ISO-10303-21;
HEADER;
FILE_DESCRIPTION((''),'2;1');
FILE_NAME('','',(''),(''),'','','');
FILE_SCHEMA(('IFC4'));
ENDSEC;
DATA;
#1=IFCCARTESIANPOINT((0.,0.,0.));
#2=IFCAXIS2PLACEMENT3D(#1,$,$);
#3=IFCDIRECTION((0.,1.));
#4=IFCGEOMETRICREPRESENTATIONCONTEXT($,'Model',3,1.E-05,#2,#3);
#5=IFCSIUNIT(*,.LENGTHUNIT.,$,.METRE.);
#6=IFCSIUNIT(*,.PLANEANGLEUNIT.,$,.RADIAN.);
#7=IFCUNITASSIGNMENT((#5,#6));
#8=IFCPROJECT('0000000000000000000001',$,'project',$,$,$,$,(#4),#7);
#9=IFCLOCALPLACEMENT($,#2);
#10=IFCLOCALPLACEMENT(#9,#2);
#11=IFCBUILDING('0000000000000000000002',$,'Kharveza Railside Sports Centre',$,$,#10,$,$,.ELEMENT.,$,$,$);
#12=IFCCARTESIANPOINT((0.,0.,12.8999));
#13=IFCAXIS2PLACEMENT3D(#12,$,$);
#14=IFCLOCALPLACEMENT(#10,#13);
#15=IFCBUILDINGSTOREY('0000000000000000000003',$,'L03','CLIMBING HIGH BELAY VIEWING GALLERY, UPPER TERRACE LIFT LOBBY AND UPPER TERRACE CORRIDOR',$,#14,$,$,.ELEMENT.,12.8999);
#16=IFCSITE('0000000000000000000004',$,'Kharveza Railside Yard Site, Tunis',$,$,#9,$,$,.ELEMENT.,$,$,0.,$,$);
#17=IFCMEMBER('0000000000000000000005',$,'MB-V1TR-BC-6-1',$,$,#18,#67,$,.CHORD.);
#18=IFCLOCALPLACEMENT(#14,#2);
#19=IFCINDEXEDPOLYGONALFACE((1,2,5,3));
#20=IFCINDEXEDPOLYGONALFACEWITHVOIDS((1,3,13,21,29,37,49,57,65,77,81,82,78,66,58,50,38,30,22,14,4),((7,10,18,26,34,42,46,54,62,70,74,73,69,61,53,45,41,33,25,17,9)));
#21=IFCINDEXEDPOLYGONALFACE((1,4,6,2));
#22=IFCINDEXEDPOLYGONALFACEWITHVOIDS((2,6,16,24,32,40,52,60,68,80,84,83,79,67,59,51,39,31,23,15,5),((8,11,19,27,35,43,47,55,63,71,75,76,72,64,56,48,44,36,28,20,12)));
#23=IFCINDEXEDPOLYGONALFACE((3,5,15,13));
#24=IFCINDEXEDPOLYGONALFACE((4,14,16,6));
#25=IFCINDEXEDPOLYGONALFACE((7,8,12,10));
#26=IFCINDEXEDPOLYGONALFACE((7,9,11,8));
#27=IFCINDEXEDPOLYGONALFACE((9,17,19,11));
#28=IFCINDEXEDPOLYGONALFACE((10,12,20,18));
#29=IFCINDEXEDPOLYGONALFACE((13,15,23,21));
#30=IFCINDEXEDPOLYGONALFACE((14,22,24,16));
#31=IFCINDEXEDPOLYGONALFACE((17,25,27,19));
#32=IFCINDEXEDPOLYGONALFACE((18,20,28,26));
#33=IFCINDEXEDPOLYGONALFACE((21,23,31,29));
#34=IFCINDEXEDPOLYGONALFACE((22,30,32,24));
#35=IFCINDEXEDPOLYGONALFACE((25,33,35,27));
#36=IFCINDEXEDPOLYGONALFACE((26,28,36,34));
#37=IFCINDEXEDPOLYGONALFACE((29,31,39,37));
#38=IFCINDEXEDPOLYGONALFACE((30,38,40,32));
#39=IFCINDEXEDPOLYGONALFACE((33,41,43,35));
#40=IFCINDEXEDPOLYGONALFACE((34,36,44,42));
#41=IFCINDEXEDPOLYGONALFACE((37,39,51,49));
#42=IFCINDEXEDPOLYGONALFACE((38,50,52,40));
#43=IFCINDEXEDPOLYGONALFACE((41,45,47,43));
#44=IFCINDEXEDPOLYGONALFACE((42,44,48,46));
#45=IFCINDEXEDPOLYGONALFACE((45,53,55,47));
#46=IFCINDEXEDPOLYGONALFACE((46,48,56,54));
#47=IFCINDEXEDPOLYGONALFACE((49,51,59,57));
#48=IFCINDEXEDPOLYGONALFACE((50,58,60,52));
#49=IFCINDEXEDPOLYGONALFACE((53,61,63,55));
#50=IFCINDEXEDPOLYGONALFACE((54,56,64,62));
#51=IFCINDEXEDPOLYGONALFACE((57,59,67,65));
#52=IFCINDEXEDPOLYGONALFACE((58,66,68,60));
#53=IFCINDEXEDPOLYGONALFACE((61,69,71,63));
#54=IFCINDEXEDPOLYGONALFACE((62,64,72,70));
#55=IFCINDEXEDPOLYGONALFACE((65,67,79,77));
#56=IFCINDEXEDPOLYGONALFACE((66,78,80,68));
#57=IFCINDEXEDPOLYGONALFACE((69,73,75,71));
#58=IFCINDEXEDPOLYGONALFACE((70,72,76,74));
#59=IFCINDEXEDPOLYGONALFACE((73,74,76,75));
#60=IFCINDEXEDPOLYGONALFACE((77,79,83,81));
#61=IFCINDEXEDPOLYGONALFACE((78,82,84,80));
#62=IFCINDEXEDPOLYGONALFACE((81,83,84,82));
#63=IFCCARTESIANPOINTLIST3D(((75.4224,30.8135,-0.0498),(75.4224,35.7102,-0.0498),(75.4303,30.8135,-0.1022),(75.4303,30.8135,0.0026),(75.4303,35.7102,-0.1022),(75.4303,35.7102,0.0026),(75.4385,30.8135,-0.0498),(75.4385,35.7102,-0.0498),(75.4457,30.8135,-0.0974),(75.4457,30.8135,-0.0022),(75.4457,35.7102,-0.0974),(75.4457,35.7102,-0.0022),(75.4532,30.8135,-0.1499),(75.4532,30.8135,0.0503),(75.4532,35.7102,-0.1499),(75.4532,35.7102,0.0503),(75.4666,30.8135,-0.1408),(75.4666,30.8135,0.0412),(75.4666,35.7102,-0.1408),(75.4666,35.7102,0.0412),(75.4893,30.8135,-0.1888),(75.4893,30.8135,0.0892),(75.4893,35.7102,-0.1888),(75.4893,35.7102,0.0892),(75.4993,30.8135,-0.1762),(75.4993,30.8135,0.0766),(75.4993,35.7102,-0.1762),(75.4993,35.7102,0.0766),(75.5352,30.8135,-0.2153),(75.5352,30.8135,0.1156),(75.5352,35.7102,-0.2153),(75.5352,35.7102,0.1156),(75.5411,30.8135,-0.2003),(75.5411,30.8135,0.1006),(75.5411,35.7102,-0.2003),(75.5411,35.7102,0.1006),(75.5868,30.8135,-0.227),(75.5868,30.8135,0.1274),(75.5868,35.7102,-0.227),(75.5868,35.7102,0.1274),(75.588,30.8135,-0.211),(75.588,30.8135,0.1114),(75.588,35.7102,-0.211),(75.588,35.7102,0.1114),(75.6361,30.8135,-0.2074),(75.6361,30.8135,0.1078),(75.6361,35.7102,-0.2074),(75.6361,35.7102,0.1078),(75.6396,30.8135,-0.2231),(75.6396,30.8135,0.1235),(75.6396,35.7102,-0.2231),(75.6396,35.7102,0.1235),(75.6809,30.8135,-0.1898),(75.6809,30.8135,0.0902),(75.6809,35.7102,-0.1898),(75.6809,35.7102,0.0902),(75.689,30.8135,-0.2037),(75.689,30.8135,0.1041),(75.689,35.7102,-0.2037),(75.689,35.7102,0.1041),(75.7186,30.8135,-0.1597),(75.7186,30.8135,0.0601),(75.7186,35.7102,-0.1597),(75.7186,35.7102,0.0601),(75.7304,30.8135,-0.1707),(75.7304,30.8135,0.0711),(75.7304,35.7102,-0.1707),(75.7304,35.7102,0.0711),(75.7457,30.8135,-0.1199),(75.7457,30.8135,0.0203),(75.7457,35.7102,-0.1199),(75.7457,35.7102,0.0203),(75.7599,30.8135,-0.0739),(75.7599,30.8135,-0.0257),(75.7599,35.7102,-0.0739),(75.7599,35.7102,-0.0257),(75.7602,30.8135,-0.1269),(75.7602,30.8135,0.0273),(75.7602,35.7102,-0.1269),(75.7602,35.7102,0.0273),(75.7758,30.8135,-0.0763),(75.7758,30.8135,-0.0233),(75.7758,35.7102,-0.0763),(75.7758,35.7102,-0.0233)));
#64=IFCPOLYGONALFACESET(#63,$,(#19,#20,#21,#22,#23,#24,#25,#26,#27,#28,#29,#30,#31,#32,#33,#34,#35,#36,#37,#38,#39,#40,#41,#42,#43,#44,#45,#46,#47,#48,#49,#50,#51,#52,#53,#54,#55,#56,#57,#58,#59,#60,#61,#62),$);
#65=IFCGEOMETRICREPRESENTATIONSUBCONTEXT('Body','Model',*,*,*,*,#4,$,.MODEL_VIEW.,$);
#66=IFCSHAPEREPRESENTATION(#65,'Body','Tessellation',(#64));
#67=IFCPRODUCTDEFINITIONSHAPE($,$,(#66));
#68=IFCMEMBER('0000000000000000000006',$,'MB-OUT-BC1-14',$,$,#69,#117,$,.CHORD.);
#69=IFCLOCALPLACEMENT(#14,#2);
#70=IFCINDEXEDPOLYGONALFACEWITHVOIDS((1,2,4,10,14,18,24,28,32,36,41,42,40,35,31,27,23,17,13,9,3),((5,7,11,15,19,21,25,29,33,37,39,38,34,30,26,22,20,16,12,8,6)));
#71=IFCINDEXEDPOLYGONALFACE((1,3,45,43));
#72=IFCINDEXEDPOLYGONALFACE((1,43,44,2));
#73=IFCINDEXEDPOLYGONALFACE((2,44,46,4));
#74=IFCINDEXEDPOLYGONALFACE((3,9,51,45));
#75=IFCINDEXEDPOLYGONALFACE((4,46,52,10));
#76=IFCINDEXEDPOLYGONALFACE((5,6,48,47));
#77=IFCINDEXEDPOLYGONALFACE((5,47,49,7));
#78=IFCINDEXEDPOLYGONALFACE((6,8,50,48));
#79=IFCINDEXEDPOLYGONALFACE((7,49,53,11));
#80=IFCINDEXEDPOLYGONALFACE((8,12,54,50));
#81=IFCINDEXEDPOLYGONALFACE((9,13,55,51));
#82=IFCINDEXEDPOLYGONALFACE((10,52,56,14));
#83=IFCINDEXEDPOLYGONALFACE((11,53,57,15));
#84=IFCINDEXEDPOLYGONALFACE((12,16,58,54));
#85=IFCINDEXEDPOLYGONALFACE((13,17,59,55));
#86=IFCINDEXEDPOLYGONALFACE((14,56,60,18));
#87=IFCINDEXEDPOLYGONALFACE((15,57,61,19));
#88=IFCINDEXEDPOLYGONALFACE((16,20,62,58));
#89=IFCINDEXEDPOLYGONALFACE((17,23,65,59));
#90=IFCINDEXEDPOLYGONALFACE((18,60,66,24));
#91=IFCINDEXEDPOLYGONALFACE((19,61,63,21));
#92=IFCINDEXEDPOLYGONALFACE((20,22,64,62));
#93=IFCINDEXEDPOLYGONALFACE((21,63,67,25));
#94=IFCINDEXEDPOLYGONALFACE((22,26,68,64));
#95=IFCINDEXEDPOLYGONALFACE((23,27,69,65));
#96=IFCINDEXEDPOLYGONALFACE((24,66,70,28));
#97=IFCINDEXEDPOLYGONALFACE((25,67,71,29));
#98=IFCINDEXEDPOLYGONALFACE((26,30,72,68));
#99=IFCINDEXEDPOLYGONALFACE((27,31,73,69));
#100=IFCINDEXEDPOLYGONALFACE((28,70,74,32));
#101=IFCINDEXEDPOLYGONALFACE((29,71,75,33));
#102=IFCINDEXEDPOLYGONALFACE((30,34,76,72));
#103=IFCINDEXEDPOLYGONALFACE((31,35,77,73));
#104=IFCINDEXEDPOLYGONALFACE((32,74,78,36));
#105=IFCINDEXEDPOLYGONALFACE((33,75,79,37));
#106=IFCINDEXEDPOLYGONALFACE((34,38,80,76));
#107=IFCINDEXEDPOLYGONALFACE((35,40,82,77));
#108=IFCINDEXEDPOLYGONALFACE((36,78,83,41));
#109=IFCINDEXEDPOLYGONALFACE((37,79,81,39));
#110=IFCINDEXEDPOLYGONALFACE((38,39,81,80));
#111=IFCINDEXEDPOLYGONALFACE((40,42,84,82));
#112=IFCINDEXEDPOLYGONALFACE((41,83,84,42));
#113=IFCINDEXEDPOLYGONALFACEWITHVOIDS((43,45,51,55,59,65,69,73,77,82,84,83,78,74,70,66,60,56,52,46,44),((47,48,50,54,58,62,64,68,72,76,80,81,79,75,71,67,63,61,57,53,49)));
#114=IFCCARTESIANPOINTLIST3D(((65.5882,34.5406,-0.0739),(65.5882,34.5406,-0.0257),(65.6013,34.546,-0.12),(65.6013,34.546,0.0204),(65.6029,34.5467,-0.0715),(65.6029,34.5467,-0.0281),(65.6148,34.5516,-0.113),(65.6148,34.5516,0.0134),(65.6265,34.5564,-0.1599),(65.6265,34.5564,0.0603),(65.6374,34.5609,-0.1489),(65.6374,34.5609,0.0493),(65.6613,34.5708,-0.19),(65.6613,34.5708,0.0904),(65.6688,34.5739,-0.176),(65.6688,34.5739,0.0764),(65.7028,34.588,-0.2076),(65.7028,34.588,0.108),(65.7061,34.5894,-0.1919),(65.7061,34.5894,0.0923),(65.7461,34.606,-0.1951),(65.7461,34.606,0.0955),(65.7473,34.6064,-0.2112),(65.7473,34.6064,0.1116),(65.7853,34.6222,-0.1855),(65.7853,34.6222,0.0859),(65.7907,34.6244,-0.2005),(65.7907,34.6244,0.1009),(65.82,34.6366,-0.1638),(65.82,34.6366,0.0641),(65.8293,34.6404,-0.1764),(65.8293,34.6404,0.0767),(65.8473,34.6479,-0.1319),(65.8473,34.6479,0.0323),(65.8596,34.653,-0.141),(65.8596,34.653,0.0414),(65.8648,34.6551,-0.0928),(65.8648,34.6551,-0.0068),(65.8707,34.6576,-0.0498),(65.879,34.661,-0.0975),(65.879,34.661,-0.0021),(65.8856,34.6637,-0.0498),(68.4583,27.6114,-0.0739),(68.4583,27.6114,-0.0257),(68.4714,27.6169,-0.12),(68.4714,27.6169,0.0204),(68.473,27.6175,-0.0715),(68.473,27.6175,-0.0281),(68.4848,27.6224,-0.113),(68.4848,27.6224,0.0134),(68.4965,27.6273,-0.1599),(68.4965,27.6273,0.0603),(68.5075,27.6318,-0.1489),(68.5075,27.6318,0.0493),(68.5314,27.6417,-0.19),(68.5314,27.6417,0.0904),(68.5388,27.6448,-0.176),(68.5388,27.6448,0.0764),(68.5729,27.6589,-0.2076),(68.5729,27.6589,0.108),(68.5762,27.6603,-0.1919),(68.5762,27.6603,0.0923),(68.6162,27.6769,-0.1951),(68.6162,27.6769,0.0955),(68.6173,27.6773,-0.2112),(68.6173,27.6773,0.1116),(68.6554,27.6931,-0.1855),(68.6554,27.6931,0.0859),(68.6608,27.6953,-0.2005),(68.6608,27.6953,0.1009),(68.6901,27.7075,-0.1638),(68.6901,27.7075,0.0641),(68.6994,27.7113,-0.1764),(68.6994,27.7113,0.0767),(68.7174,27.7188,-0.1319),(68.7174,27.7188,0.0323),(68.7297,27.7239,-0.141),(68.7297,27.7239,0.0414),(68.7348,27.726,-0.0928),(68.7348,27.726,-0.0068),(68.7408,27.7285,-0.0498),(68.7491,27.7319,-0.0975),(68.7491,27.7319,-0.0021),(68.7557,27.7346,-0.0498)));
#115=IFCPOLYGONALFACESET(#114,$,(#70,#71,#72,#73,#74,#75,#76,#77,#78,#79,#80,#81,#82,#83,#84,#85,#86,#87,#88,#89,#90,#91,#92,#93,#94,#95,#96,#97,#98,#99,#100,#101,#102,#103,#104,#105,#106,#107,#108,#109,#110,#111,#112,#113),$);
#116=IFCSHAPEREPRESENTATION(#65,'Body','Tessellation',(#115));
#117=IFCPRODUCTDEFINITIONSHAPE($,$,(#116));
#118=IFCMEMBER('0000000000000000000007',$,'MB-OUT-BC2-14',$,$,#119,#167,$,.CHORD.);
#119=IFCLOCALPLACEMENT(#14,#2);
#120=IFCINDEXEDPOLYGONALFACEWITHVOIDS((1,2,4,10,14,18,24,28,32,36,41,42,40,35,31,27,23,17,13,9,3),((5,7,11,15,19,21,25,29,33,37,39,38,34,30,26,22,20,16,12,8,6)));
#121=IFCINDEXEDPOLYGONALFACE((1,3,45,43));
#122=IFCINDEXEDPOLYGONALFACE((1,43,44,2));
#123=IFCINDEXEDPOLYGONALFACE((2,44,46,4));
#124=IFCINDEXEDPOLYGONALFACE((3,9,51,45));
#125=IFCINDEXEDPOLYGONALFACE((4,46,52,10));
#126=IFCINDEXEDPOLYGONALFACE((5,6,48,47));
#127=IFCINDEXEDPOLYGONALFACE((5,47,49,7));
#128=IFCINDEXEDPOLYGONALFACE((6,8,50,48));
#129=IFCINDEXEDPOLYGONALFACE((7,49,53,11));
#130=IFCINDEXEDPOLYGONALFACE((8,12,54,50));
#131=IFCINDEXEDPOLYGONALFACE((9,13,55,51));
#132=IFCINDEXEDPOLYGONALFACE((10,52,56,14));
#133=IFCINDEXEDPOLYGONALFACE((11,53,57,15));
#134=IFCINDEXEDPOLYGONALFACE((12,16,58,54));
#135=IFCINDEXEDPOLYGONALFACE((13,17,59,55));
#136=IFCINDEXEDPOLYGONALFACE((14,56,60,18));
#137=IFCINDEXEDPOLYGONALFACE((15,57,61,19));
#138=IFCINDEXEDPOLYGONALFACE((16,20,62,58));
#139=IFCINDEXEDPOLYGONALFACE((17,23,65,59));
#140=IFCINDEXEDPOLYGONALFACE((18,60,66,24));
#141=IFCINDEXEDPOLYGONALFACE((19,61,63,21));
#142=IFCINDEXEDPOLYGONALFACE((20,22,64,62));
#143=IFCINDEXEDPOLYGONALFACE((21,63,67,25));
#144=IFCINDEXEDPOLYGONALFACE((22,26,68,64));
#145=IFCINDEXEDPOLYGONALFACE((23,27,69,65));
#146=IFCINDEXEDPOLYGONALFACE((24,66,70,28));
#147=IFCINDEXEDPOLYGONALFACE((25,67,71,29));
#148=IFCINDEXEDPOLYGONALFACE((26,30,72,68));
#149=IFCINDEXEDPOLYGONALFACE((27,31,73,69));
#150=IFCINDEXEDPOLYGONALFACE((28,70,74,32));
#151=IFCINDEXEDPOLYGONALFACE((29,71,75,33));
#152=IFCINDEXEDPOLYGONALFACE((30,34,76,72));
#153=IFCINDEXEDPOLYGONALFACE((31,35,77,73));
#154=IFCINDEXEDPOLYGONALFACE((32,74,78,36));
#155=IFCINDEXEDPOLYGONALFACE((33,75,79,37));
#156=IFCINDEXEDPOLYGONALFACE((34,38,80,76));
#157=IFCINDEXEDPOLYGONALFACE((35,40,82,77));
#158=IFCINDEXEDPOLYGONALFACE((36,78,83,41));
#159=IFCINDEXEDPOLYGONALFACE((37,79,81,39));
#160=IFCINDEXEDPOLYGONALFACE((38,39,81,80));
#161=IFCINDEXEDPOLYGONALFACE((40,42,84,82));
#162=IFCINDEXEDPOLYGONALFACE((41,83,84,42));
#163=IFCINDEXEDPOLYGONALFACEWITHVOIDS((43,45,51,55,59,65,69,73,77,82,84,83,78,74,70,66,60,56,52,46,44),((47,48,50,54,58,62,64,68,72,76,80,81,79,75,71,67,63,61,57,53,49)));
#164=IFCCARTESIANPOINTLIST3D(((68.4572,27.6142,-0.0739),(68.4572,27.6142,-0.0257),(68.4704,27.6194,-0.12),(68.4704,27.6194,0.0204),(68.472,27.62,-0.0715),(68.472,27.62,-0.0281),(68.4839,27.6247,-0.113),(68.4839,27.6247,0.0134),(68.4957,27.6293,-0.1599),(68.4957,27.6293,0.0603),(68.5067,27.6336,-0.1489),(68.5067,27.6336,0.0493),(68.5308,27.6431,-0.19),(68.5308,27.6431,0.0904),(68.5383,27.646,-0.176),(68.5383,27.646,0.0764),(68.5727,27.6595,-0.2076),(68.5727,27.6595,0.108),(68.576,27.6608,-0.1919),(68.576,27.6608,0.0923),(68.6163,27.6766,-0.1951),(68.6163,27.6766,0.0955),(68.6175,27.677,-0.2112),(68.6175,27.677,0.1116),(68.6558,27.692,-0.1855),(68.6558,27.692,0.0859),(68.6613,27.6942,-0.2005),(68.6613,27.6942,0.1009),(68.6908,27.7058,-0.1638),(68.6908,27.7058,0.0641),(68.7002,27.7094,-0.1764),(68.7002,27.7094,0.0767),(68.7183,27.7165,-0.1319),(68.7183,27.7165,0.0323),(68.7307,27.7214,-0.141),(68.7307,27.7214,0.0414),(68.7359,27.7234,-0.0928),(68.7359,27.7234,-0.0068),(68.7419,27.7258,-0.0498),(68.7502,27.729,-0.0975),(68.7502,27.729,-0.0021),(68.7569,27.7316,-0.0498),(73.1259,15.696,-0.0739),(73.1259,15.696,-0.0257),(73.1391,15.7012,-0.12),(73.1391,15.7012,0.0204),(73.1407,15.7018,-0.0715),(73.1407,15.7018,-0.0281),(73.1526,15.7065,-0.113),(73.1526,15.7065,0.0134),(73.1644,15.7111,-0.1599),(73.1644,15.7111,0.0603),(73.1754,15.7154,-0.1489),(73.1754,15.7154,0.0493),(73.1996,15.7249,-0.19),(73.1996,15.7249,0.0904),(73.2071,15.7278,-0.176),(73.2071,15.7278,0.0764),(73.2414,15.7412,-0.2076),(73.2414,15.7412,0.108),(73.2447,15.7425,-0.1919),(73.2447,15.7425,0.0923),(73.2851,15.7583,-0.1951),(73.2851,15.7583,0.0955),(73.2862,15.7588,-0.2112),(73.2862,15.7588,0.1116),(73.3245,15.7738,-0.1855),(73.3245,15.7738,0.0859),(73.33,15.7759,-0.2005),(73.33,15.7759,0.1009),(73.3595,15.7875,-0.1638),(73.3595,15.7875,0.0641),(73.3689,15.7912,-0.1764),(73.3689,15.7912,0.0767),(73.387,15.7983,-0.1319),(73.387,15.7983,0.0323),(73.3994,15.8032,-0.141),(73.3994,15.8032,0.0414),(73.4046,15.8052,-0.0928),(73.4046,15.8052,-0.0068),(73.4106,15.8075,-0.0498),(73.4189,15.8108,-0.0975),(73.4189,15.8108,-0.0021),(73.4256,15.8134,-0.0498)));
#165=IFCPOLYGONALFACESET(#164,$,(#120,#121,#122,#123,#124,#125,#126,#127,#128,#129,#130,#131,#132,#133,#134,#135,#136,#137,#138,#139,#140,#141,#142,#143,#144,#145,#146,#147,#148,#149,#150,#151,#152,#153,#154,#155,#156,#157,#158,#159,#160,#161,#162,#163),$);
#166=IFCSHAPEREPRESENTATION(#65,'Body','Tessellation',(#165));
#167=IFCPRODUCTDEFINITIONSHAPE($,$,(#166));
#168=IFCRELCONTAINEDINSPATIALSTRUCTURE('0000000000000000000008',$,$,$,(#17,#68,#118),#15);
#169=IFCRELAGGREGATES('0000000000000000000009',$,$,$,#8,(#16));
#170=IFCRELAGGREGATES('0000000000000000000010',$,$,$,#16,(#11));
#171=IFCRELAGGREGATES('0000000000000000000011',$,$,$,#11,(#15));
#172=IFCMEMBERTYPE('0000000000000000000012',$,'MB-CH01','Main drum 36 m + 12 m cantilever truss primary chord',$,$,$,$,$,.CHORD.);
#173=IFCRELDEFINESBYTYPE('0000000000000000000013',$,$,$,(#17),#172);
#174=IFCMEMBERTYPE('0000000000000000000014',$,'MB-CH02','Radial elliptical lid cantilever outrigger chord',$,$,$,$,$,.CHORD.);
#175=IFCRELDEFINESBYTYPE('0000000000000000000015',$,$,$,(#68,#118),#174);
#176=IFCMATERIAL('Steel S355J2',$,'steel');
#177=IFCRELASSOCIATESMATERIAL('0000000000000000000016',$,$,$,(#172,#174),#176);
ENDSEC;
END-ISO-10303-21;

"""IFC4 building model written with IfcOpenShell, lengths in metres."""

from ifc_helpers import new_model, si_unit, direction, frame, origin, origin_2d, place, context, subcontext, project, spatial, hollow_circle, extrude, material, material_profile, profile_set, type_object, element, save


model = new_model("IFC4")

# Units and contexts
model_context = context("Model", 3, precision=1e-05, world=origin(), true_north=direction((0.0, 1.0)))
body_context = subcontext(model_context, "Body", "Model", "MODEL_VIEW")
ifc_project = project(units=[si_unit("LENGTHUNIT", "METRE"), si_unit("PLANEANGLEUNIT", "RADIAN")], contexts=[model_context])

# Site, building, storey
site_placement = place(None, origin())
site = spatial("IfcSite", under=ifc_project, at=site_placement, Name="Kharveza Railside Yard Site, Tunis", CompositionType="ELEMENT", RefElevation=0.0)
building_placement = place(site_placement, origin())
building = spatial("IfcBuilding", under=site, at=building_placement, Name="Kharveza Railside Sports Centre", CompositionType="ELEMENT")
storey_placement = place(building_placement, frame((0.0, 0.0, 12.8999)))
storey = spatial("IfcBuildingStorey", under=building, at=storey_placement, Name="L03", Description="CLIMBING HIGH BELAY VIEWING GALLERY, UPPER TERRACE LIFT LOBBY AND UPPER TERRACE CORRIDOR", CompositionType="ELEMENT", Elevation=12.8999)

# Members
ifc_material = material(Name="Steel S355J2", Category="steel")
ifc_material_profile_1 = material_profile(ifc_material, hollow_circle(Radius=0.1777, WallThickness=0.0161, at=origin_2d()), Name="CHS 355.6x16.0")
ifc_profile_set_1 = profile_set([ifc_material_profile_1], Name="Steel S355J2")
member_type_1 = type_object("IfcMemberType", Name="MB-CH01", Description="Main drum 36 m + 12 m cantilever truss primary chord", PredefinedType="CHORD", material=ifc_profile_set_1)
member_1_placement = place(storey_placement, frame((75.6001, 30.8135, -0.0498), z_axis=(0.0, 1.0, 0.0), x_axis=(-1.0, 0.0, 0.0)))
element("IfcMember", 1, at=member_1_placement, inside=storey, type_object=member_type_1, Name="MB-V1TR-BC-6-1", PredefinedType="CHORD", context=body_context, shape_type="SweptSolid", body=[
    extrude(hollow_circle(Radius=0.1777, WallThickness=0.0161, at=origin_2d()), origin(), (0.0, 0.0, 1.0), 4.8967),
])
ifc_material_profile_2 = material_profile(ifc_material, hollow_circle(Radius=0.1619, WallThickness=0.0161, at=origin_2d()), Name="CHS 323.9x16.0")
ifc_profile_set_2 = profile_set([ifc_material_profile_2], Name="Steel S355J2")
member_type_2 = type_object("IfcMemberType", Name="MB-CH02", Description="Radial elliptical lid cantilever outrigger chord", PredefinedType="CHORD", material=ifc_profile_set_2)
member_2_placement = place(storey_placement, frame((65.7361, 34.6018, -0.0498), z_axis=(0.382678, -0.923882, 0.0), x_axis=(0.923882, 0.382678, 0.0)))
element("IfcMember", 2, at=member_2_placement, inside=storey, type_object=member_type_2, Name="MB-OUT-BC1-14", PredefinedType="CHORD", context=body_context, shape_type="SweptSolid", body=[
    extrude(hollow_circle(Radius=0.1619, WallThickness=0.0161, at=origin_2d()), origin(), (0.0, 0.0, 1.0), 7.5),
])
member_3_placement = place(storey_placement, frame((68.6062, 27.6726, -0.0498), z_axis=(0.364742, -0.931109, 0.0), x_axis=(0.931109, 0.364742, 0.0)))
element("IfcMember", 3, at=member_3_placement, inside=storey, type_object=member_type_2, Name="MB-OUT-BC2-14", PredefinedType="CHORD", context=body_context, shape_type="SweptSolid", body=[
    extrude(hollow_circle(Radius=0.1619, WallThickness=0.0161, at=origin_2d()), origin(), (0.0, 0.0, 1.0), 12.8),
])

save(model, "model.ifc")
